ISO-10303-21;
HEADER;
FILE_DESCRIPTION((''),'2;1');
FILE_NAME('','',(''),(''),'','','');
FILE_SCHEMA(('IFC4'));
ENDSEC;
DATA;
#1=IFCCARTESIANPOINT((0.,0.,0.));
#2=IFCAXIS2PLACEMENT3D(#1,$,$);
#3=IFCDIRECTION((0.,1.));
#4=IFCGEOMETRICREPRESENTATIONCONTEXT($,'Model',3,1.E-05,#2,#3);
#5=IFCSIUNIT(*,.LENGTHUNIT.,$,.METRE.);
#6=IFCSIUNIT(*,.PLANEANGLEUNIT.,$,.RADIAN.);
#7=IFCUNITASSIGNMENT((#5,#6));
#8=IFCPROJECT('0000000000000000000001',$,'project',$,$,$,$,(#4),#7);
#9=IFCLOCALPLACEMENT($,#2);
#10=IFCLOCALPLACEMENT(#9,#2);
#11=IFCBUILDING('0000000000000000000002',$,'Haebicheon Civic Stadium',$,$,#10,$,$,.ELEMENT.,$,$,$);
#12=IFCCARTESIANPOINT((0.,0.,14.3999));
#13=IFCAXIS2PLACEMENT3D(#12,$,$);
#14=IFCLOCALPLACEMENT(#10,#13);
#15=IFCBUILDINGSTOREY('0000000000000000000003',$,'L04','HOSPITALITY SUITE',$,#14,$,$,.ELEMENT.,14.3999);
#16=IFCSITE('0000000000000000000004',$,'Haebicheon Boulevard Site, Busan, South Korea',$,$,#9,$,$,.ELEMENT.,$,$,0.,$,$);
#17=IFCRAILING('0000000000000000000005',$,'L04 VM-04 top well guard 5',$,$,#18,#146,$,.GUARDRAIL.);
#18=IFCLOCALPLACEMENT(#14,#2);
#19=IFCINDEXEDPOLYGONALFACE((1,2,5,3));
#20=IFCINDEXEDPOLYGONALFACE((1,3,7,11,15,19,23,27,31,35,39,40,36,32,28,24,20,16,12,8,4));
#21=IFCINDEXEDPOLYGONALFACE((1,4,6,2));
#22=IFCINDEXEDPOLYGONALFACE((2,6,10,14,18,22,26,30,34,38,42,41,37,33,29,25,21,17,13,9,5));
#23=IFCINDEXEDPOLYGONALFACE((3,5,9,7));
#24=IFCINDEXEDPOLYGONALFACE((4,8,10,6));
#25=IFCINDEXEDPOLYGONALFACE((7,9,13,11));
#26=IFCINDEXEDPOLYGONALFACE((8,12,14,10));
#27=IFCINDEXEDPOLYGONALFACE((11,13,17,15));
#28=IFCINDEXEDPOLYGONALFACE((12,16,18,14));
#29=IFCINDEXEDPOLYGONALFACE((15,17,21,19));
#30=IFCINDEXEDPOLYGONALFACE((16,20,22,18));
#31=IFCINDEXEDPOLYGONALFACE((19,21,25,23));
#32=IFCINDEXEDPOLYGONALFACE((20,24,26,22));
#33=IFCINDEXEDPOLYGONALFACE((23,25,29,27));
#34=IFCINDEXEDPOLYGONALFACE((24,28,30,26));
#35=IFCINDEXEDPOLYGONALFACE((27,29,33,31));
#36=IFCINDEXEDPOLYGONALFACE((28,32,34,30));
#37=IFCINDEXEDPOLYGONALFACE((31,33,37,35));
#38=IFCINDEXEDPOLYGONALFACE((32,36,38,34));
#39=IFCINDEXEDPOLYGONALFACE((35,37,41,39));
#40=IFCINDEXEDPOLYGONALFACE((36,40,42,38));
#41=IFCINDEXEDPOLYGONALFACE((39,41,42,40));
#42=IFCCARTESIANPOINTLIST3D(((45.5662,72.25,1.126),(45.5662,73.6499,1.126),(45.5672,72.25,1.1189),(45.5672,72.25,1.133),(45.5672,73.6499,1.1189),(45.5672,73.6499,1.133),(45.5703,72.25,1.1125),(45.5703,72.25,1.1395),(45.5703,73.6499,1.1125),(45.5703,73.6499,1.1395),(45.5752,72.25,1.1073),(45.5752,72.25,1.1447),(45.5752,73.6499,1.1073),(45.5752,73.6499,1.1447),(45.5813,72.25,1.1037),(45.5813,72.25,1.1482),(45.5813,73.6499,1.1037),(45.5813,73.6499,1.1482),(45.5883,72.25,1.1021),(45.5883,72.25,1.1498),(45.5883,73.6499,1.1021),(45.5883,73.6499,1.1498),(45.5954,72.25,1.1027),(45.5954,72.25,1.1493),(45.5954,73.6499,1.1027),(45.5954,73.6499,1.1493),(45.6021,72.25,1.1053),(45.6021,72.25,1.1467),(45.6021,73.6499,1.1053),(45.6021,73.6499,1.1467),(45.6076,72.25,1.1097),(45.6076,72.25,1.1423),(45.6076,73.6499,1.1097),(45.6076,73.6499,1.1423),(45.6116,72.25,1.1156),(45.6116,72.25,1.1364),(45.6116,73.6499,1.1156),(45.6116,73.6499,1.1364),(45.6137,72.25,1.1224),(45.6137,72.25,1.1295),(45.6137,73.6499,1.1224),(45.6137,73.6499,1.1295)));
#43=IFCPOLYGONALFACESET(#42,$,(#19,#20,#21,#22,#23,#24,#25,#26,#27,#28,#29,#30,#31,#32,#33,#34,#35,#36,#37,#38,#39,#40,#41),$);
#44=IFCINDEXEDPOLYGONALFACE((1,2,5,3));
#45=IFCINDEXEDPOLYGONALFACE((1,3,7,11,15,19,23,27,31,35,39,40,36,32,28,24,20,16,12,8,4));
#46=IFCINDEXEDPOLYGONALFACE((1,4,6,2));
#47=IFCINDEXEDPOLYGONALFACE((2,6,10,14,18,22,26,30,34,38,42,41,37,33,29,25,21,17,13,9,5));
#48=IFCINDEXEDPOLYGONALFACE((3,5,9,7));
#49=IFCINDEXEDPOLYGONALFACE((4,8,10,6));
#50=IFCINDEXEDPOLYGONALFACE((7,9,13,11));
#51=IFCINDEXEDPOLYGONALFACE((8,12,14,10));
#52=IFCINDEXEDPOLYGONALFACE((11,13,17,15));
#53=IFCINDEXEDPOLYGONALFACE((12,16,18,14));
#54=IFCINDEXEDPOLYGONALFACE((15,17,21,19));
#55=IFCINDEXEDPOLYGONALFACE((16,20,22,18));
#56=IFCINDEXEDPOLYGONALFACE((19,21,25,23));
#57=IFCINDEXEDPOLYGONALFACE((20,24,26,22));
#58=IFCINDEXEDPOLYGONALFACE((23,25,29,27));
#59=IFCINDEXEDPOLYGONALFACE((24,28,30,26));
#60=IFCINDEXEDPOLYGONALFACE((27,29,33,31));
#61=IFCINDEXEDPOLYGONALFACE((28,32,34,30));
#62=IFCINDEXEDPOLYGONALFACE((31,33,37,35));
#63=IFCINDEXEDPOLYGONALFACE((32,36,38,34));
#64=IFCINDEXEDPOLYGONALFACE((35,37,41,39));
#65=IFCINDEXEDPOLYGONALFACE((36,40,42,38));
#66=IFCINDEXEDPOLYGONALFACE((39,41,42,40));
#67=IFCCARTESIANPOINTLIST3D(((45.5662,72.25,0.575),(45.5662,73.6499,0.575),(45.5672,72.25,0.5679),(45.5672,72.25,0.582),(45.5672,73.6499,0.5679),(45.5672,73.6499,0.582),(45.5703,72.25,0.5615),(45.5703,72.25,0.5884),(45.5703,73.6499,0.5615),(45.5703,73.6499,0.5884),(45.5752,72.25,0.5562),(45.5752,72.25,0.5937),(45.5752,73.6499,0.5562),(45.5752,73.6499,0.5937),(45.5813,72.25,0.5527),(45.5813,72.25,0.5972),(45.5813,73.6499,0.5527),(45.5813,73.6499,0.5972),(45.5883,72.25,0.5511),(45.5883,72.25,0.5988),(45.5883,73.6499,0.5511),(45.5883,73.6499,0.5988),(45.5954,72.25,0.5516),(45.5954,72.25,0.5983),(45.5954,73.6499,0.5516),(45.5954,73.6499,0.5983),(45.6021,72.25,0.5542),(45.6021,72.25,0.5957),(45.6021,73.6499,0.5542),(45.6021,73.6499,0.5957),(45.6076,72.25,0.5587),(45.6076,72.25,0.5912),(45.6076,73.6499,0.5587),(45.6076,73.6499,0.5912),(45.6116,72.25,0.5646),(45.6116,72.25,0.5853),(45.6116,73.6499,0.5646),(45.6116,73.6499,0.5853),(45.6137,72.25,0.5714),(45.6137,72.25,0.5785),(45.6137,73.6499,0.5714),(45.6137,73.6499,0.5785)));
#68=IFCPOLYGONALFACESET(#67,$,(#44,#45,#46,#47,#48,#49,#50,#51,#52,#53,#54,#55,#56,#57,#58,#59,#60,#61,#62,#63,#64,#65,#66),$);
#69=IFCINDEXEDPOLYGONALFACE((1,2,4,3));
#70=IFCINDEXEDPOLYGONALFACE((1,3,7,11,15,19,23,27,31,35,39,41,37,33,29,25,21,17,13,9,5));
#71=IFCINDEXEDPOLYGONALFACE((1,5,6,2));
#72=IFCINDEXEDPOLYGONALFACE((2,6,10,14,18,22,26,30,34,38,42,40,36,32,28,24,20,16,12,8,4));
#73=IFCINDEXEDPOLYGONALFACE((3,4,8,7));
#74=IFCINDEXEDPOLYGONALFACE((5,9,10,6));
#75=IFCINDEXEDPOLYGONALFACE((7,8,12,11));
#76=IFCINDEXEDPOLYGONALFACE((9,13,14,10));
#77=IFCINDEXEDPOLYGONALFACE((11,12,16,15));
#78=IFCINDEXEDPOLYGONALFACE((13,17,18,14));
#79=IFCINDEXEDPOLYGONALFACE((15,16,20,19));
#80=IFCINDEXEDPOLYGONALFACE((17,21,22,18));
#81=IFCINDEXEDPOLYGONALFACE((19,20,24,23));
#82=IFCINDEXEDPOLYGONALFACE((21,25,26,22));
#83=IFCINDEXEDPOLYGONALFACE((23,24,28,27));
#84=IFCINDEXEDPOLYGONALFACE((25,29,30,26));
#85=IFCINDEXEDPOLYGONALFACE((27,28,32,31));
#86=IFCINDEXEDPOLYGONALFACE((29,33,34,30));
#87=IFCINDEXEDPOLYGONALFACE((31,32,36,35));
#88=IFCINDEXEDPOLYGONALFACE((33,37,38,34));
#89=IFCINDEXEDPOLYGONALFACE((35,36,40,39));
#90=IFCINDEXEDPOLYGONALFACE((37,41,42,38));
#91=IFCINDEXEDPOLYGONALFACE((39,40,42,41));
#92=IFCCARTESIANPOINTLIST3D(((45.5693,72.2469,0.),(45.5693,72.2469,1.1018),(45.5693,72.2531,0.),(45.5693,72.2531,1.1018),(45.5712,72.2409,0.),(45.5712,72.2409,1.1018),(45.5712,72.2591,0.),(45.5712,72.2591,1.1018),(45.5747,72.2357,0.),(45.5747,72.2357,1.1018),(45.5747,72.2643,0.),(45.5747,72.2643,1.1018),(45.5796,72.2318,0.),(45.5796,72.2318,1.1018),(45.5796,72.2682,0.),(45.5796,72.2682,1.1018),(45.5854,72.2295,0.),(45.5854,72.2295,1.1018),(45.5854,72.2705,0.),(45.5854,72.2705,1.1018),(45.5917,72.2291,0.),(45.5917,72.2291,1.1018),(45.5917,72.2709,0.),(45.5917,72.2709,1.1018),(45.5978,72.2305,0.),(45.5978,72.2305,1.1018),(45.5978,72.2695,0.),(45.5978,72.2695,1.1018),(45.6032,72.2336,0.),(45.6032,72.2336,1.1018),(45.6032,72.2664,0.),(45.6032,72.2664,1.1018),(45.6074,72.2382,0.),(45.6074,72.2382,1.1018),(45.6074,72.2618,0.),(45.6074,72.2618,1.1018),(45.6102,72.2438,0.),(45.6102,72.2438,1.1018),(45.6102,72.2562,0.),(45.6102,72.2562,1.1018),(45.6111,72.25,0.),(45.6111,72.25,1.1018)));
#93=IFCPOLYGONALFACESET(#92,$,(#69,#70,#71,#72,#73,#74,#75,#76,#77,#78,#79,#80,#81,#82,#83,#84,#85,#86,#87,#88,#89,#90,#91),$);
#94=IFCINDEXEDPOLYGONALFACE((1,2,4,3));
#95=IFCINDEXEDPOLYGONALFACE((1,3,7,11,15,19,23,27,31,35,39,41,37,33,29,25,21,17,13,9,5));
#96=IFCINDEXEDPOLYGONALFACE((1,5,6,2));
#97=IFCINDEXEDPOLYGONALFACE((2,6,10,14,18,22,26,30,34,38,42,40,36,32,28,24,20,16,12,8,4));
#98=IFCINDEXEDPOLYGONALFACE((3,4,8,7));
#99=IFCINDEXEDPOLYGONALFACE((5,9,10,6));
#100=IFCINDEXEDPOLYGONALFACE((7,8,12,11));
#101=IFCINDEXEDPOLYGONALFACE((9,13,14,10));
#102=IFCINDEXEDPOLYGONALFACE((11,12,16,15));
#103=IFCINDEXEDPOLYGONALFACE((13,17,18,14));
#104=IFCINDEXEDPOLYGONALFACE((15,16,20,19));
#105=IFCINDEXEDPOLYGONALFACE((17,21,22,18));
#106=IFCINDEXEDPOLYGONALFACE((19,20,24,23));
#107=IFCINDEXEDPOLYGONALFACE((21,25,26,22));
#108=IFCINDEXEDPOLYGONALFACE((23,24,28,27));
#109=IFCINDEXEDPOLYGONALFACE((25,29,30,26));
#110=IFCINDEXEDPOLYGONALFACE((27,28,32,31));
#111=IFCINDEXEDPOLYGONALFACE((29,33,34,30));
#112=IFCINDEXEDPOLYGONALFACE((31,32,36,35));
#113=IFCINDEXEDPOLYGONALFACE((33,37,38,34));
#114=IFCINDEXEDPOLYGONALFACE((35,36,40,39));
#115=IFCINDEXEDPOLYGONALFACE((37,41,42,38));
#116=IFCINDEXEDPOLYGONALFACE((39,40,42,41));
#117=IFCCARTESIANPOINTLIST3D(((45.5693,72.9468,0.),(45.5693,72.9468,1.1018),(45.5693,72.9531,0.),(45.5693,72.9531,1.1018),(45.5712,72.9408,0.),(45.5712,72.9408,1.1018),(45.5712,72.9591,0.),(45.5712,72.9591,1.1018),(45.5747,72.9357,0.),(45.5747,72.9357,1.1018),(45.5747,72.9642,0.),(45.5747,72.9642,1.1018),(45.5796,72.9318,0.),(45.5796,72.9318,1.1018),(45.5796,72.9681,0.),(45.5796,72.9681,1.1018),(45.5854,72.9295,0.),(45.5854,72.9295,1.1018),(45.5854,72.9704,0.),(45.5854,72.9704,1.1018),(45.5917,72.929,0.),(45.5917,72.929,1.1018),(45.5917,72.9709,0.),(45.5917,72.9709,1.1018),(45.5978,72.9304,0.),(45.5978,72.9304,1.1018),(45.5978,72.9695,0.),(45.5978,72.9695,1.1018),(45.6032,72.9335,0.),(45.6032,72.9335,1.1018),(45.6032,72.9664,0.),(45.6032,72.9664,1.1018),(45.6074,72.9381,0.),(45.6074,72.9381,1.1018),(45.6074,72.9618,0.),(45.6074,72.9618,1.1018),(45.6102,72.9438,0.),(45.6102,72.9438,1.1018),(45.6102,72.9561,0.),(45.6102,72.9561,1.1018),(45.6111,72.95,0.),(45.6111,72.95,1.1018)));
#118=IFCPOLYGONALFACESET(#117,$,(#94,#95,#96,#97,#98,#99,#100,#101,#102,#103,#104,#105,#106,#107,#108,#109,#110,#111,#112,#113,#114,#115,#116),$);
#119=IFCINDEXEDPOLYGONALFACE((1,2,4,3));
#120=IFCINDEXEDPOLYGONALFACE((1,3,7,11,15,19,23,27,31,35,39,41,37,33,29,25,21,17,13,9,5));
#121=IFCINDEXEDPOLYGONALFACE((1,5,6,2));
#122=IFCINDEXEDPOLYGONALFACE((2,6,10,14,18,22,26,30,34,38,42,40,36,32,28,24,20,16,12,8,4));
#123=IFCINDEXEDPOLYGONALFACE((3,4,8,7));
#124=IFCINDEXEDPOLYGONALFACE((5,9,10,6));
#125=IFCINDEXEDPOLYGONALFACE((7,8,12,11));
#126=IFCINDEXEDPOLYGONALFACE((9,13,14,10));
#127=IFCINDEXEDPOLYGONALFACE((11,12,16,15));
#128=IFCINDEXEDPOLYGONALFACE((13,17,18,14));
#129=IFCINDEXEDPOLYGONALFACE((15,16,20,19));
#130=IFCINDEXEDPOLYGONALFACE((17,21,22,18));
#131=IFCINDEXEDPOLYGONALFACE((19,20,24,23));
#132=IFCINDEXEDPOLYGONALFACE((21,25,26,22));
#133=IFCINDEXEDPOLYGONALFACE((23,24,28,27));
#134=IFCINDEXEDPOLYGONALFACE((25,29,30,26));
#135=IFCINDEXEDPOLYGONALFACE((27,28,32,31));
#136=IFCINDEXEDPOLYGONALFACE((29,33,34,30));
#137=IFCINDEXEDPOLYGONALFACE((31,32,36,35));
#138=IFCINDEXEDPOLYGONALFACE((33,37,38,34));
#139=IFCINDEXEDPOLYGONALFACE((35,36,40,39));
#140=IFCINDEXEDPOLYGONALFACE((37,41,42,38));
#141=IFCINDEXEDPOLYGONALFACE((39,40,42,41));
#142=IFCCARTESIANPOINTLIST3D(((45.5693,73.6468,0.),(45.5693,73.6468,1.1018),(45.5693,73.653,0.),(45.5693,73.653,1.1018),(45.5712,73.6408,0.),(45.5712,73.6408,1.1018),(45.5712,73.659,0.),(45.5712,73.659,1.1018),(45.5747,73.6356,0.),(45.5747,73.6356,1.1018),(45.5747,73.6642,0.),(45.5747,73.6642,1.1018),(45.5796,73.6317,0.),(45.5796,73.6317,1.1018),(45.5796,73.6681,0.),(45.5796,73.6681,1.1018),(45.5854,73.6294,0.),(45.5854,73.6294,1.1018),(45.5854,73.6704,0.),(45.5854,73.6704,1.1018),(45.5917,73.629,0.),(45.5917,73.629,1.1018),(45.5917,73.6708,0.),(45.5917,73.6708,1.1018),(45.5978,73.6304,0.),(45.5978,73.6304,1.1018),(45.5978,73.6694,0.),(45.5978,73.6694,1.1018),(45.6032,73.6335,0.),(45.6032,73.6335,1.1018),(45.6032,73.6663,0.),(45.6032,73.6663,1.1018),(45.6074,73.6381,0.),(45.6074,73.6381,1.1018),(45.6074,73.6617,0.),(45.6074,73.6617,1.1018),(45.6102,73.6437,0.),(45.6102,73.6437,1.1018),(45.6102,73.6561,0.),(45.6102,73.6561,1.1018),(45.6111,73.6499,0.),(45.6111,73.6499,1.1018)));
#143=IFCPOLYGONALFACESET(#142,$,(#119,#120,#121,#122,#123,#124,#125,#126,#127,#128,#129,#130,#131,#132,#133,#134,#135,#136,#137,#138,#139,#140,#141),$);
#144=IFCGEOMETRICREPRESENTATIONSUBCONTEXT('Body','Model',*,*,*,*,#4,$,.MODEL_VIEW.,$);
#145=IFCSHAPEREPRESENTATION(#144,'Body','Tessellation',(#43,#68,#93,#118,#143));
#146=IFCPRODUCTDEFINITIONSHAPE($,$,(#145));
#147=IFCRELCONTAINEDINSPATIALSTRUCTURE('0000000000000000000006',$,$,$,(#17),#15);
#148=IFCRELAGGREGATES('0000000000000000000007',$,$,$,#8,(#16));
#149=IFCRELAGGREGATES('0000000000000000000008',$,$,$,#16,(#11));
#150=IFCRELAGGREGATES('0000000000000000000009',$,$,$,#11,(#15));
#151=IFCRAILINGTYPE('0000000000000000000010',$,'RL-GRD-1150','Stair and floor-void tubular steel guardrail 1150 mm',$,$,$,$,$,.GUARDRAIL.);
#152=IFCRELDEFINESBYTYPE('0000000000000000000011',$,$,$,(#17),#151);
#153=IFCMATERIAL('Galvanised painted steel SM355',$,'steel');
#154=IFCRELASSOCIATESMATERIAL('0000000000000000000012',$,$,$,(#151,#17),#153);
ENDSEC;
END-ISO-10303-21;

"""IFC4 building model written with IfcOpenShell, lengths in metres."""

from ifc_helpers import new_model, si_unit, direction, frame, origin, origin_2d, place, context, subcontext, project, spatial, circle, extrude, material, type_object, element, save


model = new_model("IFC4")

# Units and contexts
model_context = context("Model", 3, precision=1e-05, world=origin(), true_north=direction((0.0, 1.0)))
body_context = subcontext(model_context, "Body", "Model", "MODEL_VIEW")
ifc_project = project(units=[si_unit("LENGTHUNIT", "METRE"), si_unit("PLANEANGLEUNIT", "RADIAN")], contexts=[model_context])

# Site, building, storey
site_placement = place(None, origin())
site = spatial("IfcSite", under=ifc_project, at=site_placement, Name="Haebicheon Boulevard Site, Busan, South Korea", CompositionType="ELEMENT", RefElevation=0.0)
building_placement = place(site_placement, origin())
building = spatial("IfcBuilding", under=site, at=building_placement, Name="Haebicheon Civic Stadium", CompositionType="ELEMENT")
storey_placement = place(building_placement, frame((0.0, 0.0, 14.3999)))
storey = spatial("IfcBuildingStorey", under=building, at=storey_placement, Name="L04", Description="HOSPITALITY SUITE", CompositionType="ELEMENT", Elevation=14.3999)

# Railing
ifc_material_1 = material(Name="Galvanised painted steel SM355", Category="steel")
railing_type = type_object("IfcRailingType", Name="RL-GRD-1150", Description="Stair and floor-void tubular steel guardrail 1150 mm", PredefinedType="GUARDRAIL", material=ifc_material_1)
for number, where, name in (
    (1, (45.5901, 72.25, 0.0), "L04 VM-04 top well guard 5"),
):
    element("IfcRailing", number, at=place(storey_placement, frame(where)), inside=storey, type_object=railing_type, material=ifc_material_1, Name=name, PredefinedType="GUARDRAIL", context=body_context, shape_type="SweptSolid", body=[
        extrude(circle(Radius=0.0239, at=origin_2d()), frame((0.0, 0.0, 1.126), z_axis=(0.0, 1.0, 0.0), x_axis=(-1.0, 0.0, 0.0)), (0.0, 0.0, 1.0), 1.3999),
        extrude(circle(Radius=0.0239, at=origin_2d()), frame((0.0, 0.0, 0.575), z_axis=(0.0, 1.0, 0.0), x_axis=(-1.0, 0.0, 0.0)), (0.0, 0.0, 1.0), 1.3999),
        extrude(circle(Radius=0.021, at=origin_2d()), origin(), (0.0, 0.0, 1.0), 1.1018),
        extrude(circle(Radius=0.021, at=origin_2d()), frame((0.0, 0.7, 0.0)), (0.0, 0.0, 1.0), 1.1018),
        extrude(circle(Radius=0.021, at=origin_2d()), frame((0.0, 1.3999, 0.0)), (0.0, 0.0, 1.0), 1.1018),
    ])

save(model, "model.ifc")
